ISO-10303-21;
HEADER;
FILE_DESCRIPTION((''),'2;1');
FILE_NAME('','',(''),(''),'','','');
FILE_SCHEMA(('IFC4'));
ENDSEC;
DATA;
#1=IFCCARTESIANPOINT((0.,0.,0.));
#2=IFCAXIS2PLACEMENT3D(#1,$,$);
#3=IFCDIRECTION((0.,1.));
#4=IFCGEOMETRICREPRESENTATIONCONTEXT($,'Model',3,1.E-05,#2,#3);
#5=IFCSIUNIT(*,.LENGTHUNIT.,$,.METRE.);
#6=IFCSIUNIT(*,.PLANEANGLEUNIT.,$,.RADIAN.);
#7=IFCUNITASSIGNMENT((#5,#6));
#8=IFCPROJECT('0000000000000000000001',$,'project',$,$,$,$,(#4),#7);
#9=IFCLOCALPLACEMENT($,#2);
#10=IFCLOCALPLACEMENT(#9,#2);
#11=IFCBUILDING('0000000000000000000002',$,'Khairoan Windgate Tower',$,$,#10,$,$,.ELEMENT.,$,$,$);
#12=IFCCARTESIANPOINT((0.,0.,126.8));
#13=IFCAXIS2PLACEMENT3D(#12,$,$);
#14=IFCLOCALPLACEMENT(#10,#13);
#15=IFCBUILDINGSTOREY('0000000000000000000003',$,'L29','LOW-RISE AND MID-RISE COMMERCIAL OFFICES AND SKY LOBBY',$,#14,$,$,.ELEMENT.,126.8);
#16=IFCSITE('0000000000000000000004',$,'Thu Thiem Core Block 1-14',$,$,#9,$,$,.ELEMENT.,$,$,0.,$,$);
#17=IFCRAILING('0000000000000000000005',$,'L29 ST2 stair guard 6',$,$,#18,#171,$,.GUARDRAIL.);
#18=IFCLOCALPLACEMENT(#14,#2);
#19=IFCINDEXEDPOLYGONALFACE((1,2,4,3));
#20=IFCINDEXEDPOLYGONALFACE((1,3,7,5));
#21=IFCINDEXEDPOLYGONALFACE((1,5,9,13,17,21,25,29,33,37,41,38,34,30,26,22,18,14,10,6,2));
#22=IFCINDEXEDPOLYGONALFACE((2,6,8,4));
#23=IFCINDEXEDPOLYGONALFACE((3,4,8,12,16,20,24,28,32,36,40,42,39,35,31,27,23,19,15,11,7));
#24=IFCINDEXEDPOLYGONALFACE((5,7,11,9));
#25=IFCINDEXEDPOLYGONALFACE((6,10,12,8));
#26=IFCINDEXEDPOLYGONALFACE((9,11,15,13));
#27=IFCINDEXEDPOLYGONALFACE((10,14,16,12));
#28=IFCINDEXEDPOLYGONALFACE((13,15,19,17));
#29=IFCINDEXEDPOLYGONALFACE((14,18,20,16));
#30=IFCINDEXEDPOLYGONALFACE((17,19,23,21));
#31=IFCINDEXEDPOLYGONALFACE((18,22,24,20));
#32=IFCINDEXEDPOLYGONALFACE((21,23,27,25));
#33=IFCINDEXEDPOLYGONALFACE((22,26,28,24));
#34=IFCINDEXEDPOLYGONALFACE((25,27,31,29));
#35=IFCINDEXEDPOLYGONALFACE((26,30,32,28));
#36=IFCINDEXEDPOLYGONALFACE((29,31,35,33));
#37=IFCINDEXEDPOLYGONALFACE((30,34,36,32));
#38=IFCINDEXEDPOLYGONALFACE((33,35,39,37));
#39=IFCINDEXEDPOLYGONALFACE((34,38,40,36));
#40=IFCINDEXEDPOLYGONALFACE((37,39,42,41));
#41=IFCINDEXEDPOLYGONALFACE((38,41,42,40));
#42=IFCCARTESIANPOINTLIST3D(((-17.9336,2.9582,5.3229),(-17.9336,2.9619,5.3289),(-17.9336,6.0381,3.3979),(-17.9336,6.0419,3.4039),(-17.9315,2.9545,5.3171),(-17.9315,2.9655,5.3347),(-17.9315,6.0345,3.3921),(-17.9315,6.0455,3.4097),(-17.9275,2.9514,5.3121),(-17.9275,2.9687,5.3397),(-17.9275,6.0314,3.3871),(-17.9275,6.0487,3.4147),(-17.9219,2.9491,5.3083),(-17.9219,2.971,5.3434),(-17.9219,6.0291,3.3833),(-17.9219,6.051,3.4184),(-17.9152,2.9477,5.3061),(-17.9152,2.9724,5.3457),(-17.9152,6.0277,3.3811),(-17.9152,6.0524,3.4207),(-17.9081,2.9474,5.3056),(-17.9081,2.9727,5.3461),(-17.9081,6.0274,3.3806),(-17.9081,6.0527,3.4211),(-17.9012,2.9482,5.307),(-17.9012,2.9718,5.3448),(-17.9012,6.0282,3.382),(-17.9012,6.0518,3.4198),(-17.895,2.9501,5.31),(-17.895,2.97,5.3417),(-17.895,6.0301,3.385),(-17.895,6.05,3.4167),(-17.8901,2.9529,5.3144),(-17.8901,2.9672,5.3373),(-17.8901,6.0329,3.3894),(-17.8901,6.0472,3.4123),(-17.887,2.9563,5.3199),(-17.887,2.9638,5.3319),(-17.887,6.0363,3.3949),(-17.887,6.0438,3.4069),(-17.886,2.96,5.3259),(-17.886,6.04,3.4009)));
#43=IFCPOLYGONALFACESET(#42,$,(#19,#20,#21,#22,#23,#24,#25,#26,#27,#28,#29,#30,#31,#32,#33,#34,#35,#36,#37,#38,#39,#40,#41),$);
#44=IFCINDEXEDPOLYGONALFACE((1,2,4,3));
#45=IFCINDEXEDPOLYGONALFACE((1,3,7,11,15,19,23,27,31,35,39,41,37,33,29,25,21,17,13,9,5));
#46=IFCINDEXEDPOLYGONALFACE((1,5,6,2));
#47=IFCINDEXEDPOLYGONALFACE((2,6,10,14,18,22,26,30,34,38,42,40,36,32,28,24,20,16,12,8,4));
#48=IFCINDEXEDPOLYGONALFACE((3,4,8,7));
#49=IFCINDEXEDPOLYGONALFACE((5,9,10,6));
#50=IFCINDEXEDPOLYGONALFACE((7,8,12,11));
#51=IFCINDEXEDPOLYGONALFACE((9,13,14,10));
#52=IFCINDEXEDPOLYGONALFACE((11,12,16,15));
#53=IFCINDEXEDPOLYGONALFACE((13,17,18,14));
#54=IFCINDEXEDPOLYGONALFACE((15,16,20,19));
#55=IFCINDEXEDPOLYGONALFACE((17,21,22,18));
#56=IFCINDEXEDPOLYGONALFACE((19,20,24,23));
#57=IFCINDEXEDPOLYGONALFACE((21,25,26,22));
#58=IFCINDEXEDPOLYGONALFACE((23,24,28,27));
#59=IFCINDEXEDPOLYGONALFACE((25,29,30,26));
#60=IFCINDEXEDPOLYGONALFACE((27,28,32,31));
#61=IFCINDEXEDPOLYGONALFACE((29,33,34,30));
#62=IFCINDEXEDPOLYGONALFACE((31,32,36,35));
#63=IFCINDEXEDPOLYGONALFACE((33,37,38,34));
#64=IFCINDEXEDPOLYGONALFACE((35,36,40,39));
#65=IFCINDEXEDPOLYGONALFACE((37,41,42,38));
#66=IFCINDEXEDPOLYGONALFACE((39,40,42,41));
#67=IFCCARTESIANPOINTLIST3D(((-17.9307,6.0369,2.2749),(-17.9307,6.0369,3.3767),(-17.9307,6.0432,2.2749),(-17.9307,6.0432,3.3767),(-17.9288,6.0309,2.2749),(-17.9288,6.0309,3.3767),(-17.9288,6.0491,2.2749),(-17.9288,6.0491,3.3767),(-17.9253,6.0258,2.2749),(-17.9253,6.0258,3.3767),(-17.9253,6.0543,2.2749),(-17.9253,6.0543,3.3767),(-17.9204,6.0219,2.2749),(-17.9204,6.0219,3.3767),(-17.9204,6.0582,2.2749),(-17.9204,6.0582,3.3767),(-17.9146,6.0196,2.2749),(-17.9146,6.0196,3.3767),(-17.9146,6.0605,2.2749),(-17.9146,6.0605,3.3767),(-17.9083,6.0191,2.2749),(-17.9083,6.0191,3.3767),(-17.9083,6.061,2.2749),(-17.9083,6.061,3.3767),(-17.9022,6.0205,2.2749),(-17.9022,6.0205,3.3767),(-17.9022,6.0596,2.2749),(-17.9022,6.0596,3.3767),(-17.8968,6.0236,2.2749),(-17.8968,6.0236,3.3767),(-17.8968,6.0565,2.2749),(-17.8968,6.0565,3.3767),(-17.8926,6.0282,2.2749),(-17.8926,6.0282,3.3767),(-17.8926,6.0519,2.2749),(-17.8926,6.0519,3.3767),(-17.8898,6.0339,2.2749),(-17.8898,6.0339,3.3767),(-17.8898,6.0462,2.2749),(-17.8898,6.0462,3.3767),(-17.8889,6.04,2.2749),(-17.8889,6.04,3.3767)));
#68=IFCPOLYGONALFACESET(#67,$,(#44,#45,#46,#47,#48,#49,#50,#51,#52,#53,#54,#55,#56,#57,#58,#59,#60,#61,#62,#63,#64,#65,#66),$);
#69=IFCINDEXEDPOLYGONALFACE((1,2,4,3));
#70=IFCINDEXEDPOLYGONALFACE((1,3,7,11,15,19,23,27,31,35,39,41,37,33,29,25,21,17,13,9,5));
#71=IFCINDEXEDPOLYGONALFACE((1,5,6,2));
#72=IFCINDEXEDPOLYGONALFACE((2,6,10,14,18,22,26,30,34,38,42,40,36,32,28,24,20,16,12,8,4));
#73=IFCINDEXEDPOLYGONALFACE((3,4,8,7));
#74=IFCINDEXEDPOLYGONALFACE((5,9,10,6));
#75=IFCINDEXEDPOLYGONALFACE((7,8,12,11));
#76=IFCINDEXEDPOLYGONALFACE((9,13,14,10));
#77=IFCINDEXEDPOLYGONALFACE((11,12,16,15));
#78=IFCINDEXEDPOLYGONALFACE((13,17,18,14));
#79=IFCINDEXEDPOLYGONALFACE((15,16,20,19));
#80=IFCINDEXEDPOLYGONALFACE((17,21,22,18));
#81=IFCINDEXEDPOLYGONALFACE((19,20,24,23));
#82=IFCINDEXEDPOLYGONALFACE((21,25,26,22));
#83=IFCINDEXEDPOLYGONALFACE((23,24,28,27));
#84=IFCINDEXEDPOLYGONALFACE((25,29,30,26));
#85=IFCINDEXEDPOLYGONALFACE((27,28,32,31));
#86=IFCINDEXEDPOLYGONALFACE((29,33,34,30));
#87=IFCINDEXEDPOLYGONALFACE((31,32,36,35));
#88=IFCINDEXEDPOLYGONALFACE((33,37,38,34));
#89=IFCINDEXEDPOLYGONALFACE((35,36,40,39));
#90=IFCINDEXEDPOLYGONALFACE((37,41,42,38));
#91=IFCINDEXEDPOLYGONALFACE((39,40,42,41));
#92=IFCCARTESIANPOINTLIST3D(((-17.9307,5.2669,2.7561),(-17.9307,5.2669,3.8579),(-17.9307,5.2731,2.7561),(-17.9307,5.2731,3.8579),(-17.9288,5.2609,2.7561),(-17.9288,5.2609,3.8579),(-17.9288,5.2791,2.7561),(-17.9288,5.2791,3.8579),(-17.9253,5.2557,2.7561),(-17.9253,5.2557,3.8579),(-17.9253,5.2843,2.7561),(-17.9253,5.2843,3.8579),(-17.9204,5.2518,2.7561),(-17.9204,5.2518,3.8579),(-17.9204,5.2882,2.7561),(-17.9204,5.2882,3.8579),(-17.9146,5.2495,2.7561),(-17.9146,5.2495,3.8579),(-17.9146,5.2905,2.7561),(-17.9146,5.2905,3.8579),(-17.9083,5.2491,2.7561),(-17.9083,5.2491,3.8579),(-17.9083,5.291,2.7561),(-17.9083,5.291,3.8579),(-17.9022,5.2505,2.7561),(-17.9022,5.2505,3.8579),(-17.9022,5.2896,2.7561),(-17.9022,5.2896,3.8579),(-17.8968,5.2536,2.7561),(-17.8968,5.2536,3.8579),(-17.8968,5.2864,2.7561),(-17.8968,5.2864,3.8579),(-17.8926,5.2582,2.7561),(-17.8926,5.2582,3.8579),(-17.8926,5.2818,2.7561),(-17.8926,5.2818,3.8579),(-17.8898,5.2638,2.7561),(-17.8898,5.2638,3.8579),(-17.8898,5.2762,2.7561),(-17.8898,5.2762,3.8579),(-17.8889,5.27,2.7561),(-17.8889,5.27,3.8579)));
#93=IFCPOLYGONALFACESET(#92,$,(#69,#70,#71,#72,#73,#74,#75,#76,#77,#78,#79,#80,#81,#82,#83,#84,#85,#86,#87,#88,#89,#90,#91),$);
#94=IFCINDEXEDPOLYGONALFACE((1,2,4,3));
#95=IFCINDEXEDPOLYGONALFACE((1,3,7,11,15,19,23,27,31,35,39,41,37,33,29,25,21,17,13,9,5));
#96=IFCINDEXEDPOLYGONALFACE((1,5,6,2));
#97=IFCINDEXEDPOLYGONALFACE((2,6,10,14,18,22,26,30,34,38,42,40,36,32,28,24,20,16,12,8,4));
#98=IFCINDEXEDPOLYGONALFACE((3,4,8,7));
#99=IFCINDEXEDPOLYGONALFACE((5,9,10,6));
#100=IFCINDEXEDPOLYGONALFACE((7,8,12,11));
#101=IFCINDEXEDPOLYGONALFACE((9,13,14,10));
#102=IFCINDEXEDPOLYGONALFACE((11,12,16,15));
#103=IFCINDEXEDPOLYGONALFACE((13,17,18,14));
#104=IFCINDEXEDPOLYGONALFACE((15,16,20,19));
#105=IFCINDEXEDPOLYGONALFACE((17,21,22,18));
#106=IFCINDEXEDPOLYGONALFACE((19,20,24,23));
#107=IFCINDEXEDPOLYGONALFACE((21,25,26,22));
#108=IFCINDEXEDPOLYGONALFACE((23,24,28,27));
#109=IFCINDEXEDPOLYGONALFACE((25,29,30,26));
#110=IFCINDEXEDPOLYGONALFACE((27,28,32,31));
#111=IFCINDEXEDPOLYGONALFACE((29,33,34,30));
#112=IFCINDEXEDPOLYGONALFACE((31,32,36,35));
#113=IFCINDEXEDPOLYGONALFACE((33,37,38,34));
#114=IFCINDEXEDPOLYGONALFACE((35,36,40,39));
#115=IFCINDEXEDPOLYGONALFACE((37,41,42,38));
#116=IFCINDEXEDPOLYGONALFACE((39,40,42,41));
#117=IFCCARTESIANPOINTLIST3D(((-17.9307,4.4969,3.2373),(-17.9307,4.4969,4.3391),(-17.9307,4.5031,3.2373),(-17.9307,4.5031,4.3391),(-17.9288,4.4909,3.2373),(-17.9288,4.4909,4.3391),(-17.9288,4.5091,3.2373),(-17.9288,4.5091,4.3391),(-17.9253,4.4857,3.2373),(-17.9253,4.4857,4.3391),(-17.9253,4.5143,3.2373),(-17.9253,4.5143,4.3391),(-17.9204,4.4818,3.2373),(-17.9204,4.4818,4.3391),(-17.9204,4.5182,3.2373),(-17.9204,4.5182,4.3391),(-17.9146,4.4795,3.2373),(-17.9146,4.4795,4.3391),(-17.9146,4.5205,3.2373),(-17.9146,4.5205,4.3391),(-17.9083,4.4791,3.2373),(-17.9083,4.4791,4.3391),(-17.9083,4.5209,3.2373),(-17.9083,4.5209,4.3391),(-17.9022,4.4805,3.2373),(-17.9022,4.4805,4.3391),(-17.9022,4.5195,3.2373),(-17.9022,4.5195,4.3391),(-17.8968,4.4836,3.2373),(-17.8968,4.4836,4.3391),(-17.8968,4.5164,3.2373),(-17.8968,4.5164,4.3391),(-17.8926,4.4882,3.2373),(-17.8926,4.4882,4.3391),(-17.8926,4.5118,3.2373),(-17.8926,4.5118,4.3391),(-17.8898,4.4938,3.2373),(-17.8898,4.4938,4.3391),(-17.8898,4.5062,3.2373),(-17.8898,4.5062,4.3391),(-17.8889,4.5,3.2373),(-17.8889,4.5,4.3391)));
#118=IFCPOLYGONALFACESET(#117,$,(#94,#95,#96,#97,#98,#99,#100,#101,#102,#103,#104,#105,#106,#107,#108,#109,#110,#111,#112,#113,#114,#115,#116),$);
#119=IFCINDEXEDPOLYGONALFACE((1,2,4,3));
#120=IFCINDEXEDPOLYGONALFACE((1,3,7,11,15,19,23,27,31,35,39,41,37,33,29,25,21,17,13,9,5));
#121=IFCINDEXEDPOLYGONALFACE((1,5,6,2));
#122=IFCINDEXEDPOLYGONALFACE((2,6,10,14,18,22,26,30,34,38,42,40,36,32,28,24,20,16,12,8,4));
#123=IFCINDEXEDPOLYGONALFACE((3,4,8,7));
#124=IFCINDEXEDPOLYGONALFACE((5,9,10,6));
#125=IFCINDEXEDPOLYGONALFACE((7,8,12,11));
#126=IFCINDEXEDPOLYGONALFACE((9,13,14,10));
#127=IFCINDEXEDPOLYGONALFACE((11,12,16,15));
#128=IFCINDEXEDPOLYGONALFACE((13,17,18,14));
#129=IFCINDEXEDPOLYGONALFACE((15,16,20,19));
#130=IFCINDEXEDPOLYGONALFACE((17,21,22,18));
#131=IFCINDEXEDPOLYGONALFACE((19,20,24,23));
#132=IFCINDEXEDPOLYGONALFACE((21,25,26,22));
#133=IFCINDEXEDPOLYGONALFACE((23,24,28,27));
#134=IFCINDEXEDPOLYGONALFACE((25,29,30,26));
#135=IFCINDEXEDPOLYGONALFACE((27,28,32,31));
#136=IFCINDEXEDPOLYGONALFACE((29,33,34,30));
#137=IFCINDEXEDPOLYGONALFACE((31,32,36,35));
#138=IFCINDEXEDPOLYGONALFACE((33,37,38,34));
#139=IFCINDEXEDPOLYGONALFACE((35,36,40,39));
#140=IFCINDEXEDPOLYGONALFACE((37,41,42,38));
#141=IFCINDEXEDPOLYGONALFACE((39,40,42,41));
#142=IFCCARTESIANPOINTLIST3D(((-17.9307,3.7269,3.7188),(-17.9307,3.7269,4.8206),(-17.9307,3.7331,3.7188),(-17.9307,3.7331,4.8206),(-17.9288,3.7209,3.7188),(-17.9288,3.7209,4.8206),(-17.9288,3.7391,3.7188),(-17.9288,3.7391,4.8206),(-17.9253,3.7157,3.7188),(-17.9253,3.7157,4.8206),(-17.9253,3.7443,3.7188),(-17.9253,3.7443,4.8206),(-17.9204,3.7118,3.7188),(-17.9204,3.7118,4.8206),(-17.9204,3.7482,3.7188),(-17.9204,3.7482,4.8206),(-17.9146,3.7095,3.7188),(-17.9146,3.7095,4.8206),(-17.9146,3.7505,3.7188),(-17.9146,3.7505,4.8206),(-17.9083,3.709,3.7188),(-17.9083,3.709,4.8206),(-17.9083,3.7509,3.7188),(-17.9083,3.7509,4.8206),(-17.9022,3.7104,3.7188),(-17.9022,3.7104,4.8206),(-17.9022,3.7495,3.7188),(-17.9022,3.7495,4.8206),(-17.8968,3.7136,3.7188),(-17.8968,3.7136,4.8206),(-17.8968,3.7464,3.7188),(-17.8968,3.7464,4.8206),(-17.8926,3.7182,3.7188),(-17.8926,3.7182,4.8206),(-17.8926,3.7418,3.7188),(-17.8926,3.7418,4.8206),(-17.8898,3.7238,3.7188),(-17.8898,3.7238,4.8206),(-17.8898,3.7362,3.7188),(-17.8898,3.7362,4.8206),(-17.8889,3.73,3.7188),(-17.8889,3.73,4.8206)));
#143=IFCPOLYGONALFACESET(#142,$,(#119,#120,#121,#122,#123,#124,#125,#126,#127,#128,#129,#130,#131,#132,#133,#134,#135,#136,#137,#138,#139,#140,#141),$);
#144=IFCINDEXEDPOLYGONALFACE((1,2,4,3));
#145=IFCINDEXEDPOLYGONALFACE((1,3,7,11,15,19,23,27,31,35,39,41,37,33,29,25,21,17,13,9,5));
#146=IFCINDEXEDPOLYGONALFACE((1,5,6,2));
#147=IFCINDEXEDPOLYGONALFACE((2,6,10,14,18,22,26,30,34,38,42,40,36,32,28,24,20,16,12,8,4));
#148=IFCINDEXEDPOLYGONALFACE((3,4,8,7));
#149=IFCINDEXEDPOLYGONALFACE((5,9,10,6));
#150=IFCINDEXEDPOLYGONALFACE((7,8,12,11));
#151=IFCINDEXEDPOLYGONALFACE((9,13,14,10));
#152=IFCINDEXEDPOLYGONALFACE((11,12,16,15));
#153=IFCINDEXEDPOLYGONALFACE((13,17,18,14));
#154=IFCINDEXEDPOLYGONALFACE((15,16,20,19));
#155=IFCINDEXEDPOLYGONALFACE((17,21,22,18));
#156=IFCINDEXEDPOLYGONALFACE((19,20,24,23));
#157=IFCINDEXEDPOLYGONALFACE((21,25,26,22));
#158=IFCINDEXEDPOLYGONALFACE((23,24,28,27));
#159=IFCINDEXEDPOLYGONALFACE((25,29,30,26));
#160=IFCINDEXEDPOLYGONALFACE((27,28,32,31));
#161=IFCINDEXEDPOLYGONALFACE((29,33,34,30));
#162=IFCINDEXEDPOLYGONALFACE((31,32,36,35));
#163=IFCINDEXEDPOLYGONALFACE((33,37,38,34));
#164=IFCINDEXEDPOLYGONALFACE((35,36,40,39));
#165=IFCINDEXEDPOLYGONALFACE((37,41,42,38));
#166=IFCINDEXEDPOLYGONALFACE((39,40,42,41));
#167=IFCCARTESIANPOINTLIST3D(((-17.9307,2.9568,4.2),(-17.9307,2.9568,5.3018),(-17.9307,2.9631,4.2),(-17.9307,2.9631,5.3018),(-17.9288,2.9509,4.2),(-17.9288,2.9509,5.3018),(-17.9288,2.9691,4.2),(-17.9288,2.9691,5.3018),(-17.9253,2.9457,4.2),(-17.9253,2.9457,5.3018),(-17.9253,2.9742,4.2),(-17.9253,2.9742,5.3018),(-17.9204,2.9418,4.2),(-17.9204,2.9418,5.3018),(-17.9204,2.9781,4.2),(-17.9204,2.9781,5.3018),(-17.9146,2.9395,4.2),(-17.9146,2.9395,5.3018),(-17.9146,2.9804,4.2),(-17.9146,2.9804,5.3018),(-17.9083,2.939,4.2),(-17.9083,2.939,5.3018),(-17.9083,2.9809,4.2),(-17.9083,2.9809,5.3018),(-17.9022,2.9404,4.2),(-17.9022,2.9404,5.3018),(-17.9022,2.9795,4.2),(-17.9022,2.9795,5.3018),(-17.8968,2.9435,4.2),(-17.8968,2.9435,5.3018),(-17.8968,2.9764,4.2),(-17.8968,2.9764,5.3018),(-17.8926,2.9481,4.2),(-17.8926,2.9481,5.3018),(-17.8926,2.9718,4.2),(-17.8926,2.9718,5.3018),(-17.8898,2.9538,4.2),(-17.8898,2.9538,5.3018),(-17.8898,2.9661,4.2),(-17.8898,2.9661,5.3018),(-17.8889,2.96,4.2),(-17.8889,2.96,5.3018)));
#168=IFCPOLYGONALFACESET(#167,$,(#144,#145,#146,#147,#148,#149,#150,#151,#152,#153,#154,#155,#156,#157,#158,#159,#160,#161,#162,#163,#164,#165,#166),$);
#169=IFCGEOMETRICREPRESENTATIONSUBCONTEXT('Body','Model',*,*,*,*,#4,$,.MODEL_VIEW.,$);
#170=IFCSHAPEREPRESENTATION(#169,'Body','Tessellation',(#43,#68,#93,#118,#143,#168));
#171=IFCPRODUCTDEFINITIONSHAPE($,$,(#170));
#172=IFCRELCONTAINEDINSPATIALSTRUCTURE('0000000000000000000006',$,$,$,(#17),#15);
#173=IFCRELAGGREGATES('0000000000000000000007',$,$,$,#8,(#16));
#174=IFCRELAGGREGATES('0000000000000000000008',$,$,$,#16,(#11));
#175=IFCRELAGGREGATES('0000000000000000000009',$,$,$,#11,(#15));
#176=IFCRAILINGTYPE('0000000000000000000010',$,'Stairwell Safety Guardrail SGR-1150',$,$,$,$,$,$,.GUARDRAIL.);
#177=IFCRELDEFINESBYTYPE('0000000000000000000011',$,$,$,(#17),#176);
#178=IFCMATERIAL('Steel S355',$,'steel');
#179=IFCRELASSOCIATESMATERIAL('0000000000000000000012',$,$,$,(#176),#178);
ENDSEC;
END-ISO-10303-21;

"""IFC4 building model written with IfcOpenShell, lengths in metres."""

from ifc_helpers import new_model, si_unit, direction, frame, origin, origin_2d, place, context, subcontext, project, spatial, circle, extrude, material, type_object, element, save


model = new_model("IFC4")

# Units and contexts
model_context = context("Model", 3, precision=1e-05, world=origin(), true_north=direction((0.0, 1.0)))
body_context = subcontext(model_context, "Body", "Model", "MODEL_VIEW")
ifc_project = project(units=[si_unit("LENGTHUNIT", "METRE"), si_unit("PLANEANGLEUNIT", "RADIAN")], contexts=[model_context])

# Site, building, storey
site_placement = place(None, origin())
site = spatial("IfcSite", under=ifc_project, at=site_placement, Name="Thu Thiem Core Block 1-14", CompositionType="ELEMENT", RefElevation=0.0)
building_placement = place(site_placement, origin())
building = spatial("IfcBuilding", under=site, at=building_placement, Name="Khairoan Windgate Tower", CompositionType="ELEMENT")
storey_placement = place(building_placement, frame((0.0, 0.0, 126.8)))
storey = spatial("IfcBuildingStorey", under=building, at=storey_placement, Name="L29", Description="LOW-RISE AND MID-RISE COMMERCIAL OFFICES AND SKY LOBBY", CompositionType="ELEMENT", Elevation=126.8)

# Railing
ifc_material_1 = material(Name="Steel S355", Category="steel")
railing_type_1 = type_object("IfcRailingType", Name="Stairwell Safety Guardrail SGR-1150", PredefinedType="GUARDRAIL", material=ifc_material_1)
railing_1_placement = place(storey_placement, frame((-17.9099, 6.04, 2.2749)))
element("IfcRailing", 1, at=railing_1_placement, inside=storey, type_object=railing_type_1, Name="L29 ST2 stair guard 6", PredefinedType="GUARDRAIL", context=body_context, shape_type="SweptSolid", body=[
    extrude(circle(Radius=0.0239, at=origin_2d()), frame((0.0, 0.0, 1.126), z_axis=(0.0, -0.847998, 0.529999), x_axis=(1.0, 0.0, 0.0)), (0.0, 0.0, 1.0), 3.6321),
    extrude(circle(Radius=0.021, at=origin_2d()), origin(), (0.0, 0.0, 1.0), 1.1018),
    extrude(circle(Radius=0.021, at=origin_2d()), frame((0.0, -0.77, 0.4812)), (0.0, 0.0, 1.0), 1.1018),
    extrude(circle(Radius=0.021, at=origin_2d()), frame((0.0, -1.54, 0.9624)), (0.0, 0.0, 1.0), 1.1018),
    extrude(circle(Radius=0.021, at=origin_2d()), frame((0.0, -2.3101, 1.4438)), (0.0, 0.0, 1.0), 1.1018),
    extrude(circle(Radius=0.021, at=origin_2d()), frame((0.0, -3.0801, 1.925)), (0.0, 0.0, 1.0), 1.1018),
])

save(model, "model.ifc")
